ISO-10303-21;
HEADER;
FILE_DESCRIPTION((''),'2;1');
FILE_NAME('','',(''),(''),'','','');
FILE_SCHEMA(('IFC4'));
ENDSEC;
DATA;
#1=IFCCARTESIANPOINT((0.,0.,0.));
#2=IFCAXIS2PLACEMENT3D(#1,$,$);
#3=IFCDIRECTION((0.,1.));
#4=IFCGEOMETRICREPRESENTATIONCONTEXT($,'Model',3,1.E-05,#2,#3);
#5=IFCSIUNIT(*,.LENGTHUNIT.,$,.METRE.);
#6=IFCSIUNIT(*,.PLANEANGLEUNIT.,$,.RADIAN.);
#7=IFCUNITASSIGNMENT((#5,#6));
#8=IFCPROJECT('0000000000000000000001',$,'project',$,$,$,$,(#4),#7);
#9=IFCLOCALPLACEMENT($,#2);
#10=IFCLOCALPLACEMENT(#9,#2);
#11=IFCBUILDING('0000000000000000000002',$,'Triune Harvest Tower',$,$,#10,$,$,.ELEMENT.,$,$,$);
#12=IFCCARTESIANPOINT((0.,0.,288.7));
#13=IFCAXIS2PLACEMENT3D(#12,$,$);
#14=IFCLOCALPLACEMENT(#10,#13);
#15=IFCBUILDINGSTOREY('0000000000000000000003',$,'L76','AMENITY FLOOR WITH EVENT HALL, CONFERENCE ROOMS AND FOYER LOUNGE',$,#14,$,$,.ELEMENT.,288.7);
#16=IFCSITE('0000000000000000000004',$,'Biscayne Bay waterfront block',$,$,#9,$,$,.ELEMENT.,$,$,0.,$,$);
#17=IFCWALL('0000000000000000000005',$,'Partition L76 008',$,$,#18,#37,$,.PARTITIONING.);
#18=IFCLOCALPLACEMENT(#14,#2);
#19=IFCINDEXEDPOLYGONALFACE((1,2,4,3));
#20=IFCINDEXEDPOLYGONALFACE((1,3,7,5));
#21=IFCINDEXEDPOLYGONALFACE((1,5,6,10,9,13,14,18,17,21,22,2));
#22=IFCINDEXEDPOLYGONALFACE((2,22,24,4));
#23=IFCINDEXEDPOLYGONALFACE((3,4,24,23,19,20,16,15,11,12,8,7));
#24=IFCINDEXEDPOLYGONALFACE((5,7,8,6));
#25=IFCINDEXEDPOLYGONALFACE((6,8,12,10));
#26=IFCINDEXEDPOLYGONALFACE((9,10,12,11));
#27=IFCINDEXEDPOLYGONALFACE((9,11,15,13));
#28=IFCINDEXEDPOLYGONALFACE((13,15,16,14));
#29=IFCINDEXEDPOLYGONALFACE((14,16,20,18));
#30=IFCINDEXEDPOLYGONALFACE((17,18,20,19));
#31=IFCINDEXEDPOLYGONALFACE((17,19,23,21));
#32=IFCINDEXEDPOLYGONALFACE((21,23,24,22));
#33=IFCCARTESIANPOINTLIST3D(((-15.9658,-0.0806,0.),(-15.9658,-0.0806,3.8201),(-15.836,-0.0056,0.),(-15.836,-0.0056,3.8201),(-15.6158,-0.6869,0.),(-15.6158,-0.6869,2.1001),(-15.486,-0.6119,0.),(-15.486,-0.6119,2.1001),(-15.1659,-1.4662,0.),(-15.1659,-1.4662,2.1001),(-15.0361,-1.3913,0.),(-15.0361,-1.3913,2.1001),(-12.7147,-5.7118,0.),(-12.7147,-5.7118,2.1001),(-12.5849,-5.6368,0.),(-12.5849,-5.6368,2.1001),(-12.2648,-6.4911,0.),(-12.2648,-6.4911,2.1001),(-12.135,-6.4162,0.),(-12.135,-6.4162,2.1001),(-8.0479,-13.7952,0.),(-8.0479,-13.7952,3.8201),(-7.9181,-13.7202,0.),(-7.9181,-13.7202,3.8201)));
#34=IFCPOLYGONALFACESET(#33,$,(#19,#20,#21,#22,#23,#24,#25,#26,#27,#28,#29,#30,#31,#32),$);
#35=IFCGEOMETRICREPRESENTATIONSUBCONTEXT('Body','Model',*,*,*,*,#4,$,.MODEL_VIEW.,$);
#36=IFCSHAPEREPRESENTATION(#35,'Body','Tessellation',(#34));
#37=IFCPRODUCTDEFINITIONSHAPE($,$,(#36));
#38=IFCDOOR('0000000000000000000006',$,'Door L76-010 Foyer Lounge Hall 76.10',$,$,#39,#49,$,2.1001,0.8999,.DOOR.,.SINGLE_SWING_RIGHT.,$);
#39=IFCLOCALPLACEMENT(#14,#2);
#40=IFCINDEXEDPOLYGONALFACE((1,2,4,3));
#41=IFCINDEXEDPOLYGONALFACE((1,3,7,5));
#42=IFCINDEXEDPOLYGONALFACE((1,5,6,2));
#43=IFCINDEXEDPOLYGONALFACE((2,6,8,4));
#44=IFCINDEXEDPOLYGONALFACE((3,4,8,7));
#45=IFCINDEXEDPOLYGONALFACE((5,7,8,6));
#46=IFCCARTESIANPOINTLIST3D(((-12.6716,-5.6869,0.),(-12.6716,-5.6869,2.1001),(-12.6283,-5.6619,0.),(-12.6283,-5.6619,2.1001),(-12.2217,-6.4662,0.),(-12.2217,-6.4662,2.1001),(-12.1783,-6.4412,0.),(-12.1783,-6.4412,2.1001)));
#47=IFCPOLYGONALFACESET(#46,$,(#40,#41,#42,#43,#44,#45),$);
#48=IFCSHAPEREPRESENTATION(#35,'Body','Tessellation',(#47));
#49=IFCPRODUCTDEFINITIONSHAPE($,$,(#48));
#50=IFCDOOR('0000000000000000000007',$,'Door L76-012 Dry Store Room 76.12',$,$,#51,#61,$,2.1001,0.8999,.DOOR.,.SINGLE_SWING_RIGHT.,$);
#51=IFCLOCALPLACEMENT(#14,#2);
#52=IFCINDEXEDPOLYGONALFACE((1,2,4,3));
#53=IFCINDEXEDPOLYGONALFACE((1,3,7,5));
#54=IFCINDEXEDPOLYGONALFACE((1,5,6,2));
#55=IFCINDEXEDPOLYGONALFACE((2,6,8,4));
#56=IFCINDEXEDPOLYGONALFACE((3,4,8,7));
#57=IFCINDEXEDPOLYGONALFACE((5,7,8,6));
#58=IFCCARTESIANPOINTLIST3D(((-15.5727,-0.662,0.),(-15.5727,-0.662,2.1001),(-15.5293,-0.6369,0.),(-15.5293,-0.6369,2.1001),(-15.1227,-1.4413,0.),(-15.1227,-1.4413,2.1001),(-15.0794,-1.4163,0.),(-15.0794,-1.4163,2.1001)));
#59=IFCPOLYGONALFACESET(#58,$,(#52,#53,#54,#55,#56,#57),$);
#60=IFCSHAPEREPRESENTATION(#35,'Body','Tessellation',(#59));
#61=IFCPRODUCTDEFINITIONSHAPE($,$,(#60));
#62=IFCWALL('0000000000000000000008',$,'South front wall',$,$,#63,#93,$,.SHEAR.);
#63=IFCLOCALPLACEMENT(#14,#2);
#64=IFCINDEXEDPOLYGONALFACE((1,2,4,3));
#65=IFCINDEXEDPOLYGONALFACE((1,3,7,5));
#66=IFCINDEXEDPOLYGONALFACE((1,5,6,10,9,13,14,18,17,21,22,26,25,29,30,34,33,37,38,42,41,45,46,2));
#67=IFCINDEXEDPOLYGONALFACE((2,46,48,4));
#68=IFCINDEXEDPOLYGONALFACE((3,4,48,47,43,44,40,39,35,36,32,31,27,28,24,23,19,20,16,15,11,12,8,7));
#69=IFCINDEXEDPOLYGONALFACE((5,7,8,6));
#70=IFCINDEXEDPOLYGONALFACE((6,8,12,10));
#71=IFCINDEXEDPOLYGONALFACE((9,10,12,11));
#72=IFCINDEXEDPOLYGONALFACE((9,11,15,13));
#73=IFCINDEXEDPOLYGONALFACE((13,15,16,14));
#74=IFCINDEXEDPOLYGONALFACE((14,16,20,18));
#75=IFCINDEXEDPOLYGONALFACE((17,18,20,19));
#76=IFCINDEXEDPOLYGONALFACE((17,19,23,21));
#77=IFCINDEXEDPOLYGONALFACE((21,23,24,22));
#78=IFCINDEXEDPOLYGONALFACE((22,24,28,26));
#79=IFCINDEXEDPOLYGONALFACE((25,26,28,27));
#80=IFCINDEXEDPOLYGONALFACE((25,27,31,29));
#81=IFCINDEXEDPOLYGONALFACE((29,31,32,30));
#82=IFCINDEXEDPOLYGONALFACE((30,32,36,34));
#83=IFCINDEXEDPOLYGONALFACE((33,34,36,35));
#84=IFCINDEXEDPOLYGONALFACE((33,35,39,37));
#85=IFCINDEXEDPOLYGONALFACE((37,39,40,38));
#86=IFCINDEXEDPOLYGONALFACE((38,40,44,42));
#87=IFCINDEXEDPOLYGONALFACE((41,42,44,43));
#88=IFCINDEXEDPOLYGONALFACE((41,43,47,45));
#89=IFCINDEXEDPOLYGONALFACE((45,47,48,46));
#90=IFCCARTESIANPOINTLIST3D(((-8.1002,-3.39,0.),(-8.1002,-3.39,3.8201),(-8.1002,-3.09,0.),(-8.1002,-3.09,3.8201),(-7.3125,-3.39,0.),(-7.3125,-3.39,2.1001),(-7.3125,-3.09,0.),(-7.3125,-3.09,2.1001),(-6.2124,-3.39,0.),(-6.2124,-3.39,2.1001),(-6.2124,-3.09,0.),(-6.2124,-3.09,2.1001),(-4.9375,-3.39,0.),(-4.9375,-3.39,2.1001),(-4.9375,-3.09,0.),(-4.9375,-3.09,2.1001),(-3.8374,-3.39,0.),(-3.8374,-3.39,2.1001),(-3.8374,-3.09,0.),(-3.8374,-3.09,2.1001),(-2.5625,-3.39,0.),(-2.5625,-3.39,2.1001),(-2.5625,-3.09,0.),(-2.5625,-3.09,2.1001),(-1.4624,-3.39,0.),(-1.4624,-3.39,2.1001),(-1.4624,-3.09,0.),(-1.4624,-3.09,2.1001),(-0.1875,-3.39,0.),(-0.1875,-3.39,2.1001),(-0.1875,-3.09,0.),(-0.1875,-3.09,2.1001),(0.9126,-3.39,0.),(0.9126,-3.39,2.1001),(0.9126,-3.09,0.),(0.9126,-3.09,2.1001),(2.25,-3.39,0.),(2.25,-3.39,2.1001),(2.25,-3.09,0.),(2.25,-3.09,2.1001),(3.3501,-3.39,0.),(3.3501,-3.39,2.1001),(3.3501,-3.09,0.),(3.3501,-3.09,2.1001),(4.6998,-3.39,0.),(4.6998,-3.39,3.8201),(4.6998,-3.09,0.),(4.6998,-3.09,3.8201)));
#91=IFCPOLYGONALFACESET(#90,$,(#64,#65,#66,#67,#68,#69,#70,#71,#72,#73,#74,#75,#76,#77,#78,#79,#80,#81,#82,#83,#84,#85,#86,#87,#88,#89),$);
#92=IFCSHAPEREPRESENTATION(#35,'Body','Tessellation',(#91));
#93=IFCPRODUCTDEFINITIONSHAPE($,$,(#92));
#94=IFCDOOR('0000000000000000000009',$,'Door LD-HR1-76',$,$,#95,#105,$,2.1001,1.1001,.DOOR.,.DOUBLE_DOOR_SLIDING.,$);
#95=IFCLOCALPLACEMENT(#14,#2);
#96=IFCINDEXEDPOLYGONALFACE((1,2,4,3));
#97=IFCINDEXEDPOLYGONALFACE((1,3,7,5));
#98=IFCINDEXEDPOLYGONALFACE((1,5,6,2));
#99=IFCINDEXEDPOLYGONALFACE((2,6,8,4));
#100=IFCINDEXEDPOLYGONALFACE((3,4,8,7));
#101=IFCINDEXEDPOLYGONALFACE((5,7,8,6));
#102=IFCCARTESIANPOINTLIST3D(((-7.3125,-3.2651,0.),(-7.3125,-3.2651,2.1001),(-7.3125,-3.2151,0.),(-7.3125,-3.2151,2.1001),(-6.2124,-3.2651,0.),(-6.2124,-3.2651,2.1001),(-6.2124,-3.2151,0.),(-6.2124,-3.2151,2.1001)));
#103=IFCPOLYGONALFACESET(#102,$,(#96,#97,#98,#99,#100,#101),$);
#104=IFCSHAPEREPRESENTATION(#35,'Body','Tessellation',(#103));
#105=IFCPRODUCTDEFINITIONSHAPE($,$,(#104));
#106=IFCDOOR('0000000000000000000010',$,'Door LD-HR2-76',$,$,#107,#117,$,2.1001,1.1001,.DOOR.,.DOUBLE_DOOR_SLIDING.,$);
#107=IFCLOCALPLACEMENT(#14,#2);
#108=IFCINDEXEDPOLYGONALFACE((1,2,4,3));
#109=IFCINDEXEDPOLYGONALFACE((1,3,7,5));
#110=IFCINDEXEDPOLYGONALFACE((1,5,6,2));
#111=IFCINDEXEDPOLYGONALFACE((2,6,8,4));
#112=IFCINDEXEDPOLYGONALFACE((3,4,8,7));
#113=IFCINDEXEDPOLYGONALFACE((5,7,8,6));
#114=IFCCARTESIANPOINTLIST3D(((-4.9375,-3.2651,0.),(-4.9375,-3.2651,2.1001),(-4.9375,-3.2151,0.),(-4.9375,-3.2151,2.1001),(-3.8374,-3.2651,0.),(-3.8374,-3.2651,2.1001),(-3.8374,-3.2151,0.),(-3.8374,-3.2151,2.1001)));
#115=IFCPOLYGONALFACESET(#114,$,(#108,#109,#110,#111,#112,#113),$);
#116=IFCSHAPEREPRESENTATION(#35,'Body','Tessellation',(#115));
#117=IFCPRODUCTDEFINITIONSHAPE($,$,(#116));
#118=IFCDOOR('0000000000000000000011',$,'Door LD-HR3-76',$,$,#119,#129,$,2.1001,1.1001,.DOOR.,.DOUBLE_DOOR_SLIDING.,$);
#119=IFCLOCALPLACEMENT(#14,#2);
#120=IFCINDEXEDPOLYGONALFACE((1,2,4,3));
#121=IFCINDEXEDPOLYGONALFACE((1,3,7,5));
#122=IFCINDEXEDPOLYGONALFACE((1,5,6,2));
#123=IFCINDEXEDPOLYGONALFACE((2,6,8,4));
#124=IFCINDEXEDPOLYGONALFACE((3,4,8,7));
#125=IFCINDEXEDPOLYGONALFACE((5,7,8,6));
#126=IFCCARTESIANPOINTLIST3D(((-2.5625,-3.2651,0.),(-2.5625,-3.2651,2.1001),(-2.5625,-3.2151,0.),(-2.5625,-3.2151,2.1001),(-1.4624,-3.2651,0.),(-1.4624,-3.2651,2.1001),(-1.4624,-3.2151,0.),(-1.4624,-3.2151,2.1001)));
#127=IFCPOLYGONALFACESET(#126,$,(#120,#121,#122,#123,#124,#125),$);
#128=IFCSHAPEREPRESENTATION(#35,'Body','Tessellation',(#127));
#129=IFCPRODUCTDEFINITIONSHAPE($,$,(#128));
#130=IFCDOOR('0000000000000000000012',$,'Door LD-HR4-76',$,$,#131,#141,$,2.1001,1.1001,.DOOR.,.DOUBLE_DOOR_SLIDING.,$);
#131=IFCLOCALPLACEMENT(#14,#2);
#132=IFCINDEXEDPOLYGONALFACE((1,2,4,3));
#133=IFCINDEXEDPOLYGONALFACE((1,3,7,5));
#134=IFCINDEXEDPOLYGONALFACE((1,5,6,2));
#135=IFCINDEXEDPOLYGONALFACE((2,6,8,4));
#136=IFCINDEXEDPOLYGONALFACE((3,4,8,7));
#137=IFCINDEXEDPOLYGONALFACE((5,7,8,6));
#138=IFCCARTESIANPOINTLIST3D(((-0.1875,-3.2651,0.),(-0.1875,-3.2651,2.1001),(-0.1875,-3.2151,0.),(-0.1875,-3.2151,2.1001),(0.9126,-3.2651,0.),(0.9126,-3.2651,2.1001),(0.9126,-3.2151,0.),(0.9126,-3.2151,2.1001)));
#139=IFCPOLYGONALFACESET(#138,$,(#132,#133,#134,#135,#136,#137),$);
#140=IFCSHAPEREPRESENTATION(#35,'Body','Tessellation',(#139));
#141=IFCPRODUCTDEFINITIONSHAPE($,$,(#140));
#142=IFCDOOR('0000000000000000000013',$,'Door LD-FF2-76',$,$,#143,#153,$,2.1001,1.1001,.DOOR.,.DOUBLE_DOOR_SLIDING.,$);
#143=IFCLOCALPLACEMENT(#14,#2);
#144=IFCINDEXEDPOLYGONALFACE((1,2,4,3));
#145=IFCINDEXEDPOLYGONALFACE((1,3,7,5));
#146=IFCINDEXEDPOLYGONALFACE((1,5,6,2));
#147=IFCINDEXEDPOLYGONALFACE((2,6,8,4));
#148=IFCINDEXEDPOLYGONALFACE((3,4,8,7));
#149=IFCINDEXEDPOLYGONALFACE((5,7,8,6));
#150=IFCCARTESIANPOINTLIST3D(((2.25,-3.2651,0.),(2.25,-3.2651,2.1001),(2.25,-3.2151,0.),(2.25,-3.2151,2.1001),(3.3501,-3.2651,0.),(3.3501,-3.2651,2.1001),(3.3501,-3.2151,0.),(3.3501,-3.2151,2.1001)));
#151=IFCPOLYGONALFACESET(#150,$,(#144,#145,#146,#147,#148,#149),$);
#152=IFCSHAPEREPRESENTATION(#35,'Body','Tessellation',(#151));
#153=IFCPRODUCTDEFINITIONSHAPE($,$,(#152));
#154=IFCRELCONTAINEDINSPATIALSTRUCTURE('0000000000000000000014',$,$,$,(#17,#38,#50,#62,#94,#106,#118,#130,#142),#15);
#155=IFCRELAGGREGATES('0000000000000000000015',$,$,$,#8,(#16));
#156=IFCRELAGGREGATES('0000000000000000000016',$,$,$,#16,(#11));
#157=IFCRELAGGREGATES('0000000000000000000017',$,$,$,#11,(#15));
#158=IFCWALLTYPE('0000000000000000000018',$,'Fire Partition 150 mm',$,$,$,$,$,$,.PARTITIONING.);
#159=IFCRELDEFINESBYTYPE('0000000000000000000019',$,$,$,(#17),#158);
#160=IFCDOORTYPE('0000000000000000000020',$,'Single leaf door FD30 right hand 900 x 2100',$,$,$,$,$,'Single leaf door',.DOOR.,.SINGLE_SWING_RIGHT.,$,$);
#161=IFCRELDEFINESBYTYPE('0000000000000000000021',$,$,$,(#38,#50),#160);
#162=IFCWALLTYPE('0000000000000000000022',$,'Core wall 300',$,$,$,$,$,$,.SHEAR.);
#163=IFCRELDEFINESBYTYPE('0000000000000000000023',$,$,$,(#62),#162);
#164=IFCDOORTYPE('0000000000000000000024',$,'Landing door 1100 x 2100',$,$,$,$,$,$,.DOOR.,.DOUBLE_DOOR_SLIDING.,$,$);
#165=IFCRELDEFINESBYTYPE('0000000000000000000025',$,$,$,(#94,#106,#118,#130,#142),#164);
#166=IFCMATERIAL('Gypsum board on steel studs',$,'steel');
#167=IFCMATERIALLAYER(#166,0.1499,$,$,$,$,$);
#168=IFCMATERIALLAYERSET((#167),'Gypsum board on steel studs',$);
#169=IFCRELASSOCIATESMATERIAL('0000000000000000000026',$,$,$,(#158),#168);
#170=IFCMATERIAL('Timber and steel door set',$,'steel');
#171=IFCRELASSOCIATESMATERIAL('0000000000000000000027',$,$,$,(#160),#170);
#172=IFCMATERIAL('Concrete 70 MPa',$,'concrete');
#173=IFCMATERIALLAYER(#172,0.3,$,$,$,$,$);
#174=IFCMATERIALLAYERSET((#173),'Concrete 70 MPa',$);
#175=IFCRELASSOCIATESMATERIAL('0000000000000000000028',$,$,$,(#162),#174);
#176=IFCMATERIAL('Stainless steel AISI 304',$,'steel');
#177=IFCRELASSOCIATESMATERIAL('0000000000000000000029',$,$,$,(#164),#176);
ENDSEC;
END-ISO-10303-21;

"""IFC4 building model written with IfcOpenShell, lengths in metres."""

from ifc_helpers import new_model, si_unit, direction, frame, frame_2d, origin, place, context, subcontext, project, spatial, rectangle, extrude, source, transform, mapped, material, layer, layer_set, type_object, element, fill, save


model = new_model("IFC4")

# Units and contexts
model_context = context("Model", 3, precision=1e-05, world=origin(), true_north=direction((0.0, 1.0)))
body_context = subcontext(model_context, "Body", "Model", "MODEL_VIEW")
ifc_project = project(units=[si_unit("LENGTHUNIT", "METRE"), si_unit("PLANEANGLEUNIT", "RADIAN")], contexts=[model_context])

# Site, building, storey
site_placement = place(None, origin())
site = spatial("IfcSite", under=ifc_project, at=site_placement, Name="Biscayne Bay waterfront block", CompositionType="ELEMENT", RefElevation=0.0)
building_placement = place(site_placement, origin())
building = spatial("IfcBuilding", under=site, at=building_placement, Name="Triune Harvest Tower", CompositionType="ELEMENT")
storey_placement = place(building_placement, frame((0.0, 0.0, 288.7)))
storey = spatial("IfcBuildingStorey", under=building, at=storey_placement, Name="L76", Description="AMENITY FLOOR WITH EVENT HALL, CONFERENCE ROOMS AND FOYER LOUNGE", CompositionType="ELEMENT", Elevation=288.7)

# Walls, openings, doors
ifc_material_1 = material(Name="Gypsum board on steel studs", Category="steel")
ifc_layer_1 = layer(ifc_material_1, 0.1499)
ifc_layer_set_1 = layer_set([ifc_layer_1], Name="Gypsum board on steel studs")
wall_type_1 = type_object("IfcWallType", Name="Fire Partition 150 mm", PredefinedType="PARTITIONING", material=ifc_layer_set_1)
wall_1_placement = place(storey_placement, frame((-15.9009, -0.0432, 0.0), z_axis=(0.0, 0.0, 1.0), x_axis=(0.499992, -0.86603, 0.0)))
wall_1 = element("IfcWall", 1, at=wall_1_placement, inside=storey, type_object=wall_type_1, Name="Partition L76 008", PredefinedType="PARTITIONING", context=body_context, shape_type="SweptSolid", body=[
    extrude(rectangle(XDim=15.8362, YDim=0.1499, at=frame_2d((7.918, 0.0))), origin(), (0.0, 0.0, 1.0), 3.8201),
])
opening_1_placement = place(wall_1_placement, frame((6.5022, 0.0, 0.0)))
opening_1 = element("IfcOpeningElement", 2, at=opening_1_placement, cuts=wall_1, PredefinedType="OPENING", context=body_context, shape_type="SweptSolid", body=[
    extrude(rectangle(XDim=0.8999, YDim=2.1001, at=frame_2d((0.45, 1.05))), frame((0.0, 0.085, 0.0), z_axis=(0.0, -1.0, 0.0), x_axis=(1.0, 0.0, 0.0)), (0.0, 0.0, 1.0), 0.1699),
])
opening_2_placement = place(wall_1_placement, frame((0.7, 0.0, 0.0)))
opening_2 = element("IfcOpeningElement", 3, at=opening_2_placement, cuts=wall_1, PredefinedType="OPENING", context=body_context, shape_type="SweptSolid", body=[
    extrude(rectangle(XDim=0.8999, YDim=2.1001, at=frame_2d((0.45, 1.05))), frame((0.0, 0.085, 0.0), z_axis=(0.0, -1.0, 0.0), x_axis=(1.0, 0.0, 0.0)), (0.0, 0.0, 1.0), 0.1699),
])
ifc_material_2 = material(Name="Timber and steel door set", Category="steel")
door_type_1 = type_object("IfcDoorType", Name="Single leaf door FD30 right hand 900 x 2100", ElementType="Single leaf door", OperationType="SINGLE_SWING_RIGHT", PredefinedType="DOOR", material=ifc_material_2)
door_1_placement = place(opening_1_placement, origin())
door_1 = element("IfcDoor", 4, at=door_1_placement, inside=storey, type_object=door_type_1, Name="Door L76-010 Foyer Lounge Hall 76.10", OperationType="SINGLE_SWING_RIGHT", OverallHeight=2.1001, OverallWidth=0.8999, PredefinedType="DOOR", context=body_context, shape_type="SweptSolid", body=[
    extrude(rectangle(XDim=0.8999, YDim=2.1001, at=frame_2d((0.45, 1.05))), frame((0.0, 0.0249, 0.0), z_axis=(0.0, -1.0, 0.0), x_axis=(1.0, 0.0, 0.0)), (0.0, 0.0, 1.0), 0.05),
])
fill(opening_1, door_1)
door_2_placement = place(opening_2_placement, origin())
door_2 = element("IfcDoor", 5, at=door_2_placement, inside=storey, type_object=door_type_1, Name="Door L76-012 Dry Store Room 76.12", OperationType="SINGLE_SWING_RIGHT", OverallHeight=2.1001, OverallWidth=0.8999, PredefinedType="DOOR", context=body_context, shape_type="SweptSolid", body=[
    extrude(rectangle(XDim=0.8999, YDim=2.1001, at=frame_2d((0.45, 1.05))), frame((0.0, 0.0249, 0.0), z_axis=(0.0, -1.0, 0.0), x_axis=(1.0, 0.0, 0.0)), (0.0, 0.0, 1.0), 0.05),
])
fill(opening_2, door_2)
ifc_material_3 = material(Name="Concrete 70 MPa", Category="concrete")
ifc_layer_2 = layer(ifc_material_3, 0.3)
ifc_layer_set_2 = layer_set([ifc_layer_2], Name="Concrete 70 MPa")
wall_type_2 = type_object("IfcWallType", Name="Core wall 300", PredefinedType="SHEAR", material=ifc_layer_set_2)
shared_shape_1 = source(origin(), body_context, "Body", "SweptSolid", [
    extrude(rectangle(XDim=12.8, YDim=0.3, at=frame_2d((6.3999, 0.0))), origin(), (0.0, 0.0, 1.0), 3.8201),
])
wall_2_placement = place(storey_placement, frame((-8.1001, -3.24, 0.0), z_axis=(0.0, 0.0, 1.0), x_axis=(1.0, 0.0, 0.0)))
wall_2 = element("IfcWall", 6, at=wall_2_placement, inside=storey, type_object=wall_type_2, Name="South front wall", PredefinedType="SHEAR", context=body_context, shape_type="MappedRepresentation", body=[
    mapped(shared_shape_1, transform((0.0, 0.0, 0.0), scale=1.0)),
])
opening_3_placement = place(wall_2_placement, frame((0.7876, 0.0, 0.0)))
opening_3 = element("IfcOpeningElement", 7, at=opening_3_placement, cuts=wall_2, PredefinedType="OPENING", context=body_context, shape_type="SweptSolid", body=[
    extrude(rectangle(XDim=1.1001, YDim=2.1001, at=frame_2d((0.55, 1.05))), frame((0.0, 0.1602, 0.0), z_axis=(0.0, -1.0, 0.0), x_axis=(1.0, 0.0, 0.0)), (0.0, 0.0, 1.0), 0.3201),
])
opening_4_placement = place(wall_2_placement, frame((3.1626, 0.0, 0.0)))
opening_4 = element("IfcOpeningElement", 8, at=opening_4_placement, cuts=wall_2, PredefinedType="OPENING", context=body_context, shape_type="SweptSolid", body=[
    extrude(rectangle(XDim=1.1001, YDim=2.1001, at=frame_2d((0.55, 1.05))), frame((0.0, 0.1602, 0.0), z_axis=(0.0, -1.0, 0.0), x_axis=(1.0, 0.0, 0.0)), (0.0, 0.0, 1.0), 0.3201),
])
opening_5_placement = place(wall_2_placement, frame((5.5376, 0.0, 0.0)))
opening_5 = element("IfcOpeningElement", 9, at=opening_5_placement, cuts=wall_2, PredefinedType="OPENING", context=body_context, shape_type="SweptSolid", body=[
    extrude(rectangle(XDim=1.1001, YDim=2.1001, at=frame_2d((0.55, 1.05))), frame((0.0, 0.1602, 0.0), z_axis=(0.0, -1.0, 0.0), x_axis=(1.0, 0.0, 0.0)), (0.0, 0.0, 1.0), 0.3201),
])
opening_6_placement = place(wall_2_placement, frame((7.9126, 0.0, 0.0)))
opening_6 = element("IfcOpeningElement", 10, at=opening_6_placement, cuts=wall_2, PredefinedType="OPENING", context=body_context, shape_type="SweptSolid", body=[
    extrude(rectangle(XDim=1.1001, YDim=2.1001, at=frame_2d((0.55, 1.05))), frame((0.0, 0.1602, 0.0), z_axis=(0.0, -1.0, 0.0), x_axis=(1.0, 0.0, 0.0)), (0.0, 0.0, 1.0), 0.3201),
])
opening_7_placement = place(wall_2_placement, frame((10.3501, 0.0, 0.0)))
opening_7 = element("IfcOpeningElement", 11, at=opening_7_placement, cuts=wall_2, PredefinedType="OPENING", context=body_context, shape_type="SweptSolid", body=[
    extrude(rectangle(XDim=1.1001, YDim=2.1001, at=frame_2d((0.55, 1.05))), frame((0.0, 0.1602, 0.0), z_axis=(0.0, -1.0, 0.0), x_axis=(1.0, 0.0, 0.0)), (0.0, 0.0, 1.0), 0.3201),
])
ifc_material_4 = material(Name="Stainless steel AISI 304", Category="steel")
door_type_2 = type_object("IfcDoorType", Name="Landing door 1100 x 2100", OperationType="DOUBLE_DOOR_SLIDING", PredefinedType="DOOR", material=ifc_material_4)
door_3_placement = place(opening_3_placement, origin())
door_3 = element("IfcDoor", 12, at=door_3_placement, inside=storey, type_object=door_type_2, Name="Door LD-HR1-76", OperationType="DOUBLE_DOOR_SLIDING", OverallHeight=2.1001, OverallWidth=1.1001, PredefinedType="DOOR", context=body_context, shape_type="SweptSolid", body=[
    extrude(rectangle(XDim=1.1001, YDim=2.1001, at=frame_2d((0.55, 1.05))), frame((0.0, 0.0249, 0.0), z_axis=(0.0, -1.0, 0.0), x_axis=(1.0, 0.0, 0.0)), (0.0, 0.0, 1.0), 0.05),
])
fill(opening_3, door_3)
door_4_placement = place(opening_4_placement, origin())
door_4 = element("IfcDoor", 13, at=door_4_placement, inside=storey, type_object=door_type_2, Name="Door LD-HR2-76", OperationType="DOUBLE_DOOR_SLIDING", OverallHeight=2.1001, OverallWidth=1.1001, PredefinedType="DOOR", context=body_context, shape_type="SweptSolid", body=[
    extrude(rectangle(XDim=1.1001, YDim=2.1001, at=frame_2d((0.55, 1.05))), frame((0.0, 0.0249, 0.0), z_axis=(0.0, -1.0, 0.0), x_axis=(1.0, 0.0, 0.0)), (0.0, 0.0, 1.0), 0.05),
])
fill(opening_4, door_4)
door_5_placement = place(opening_5_placement, origin())
door_5 = element("IfcDoor", 14, at=door_5_placement, inside=storey, type_object=door_type_2, Name="Door LD-HR3-76", OperationType="DOUBLE_DOOR_SLIDING", OverallHeight=2.1001, OverallWidth=1.1001, PredefinedType="DOOR", context=body_context, shape_type="SweptSolid", body=[
    extrude(rectangle(XDim=1.1001, YDim=2.1001, at=frame_2d((0.55, 1.05))), frame((0.0, 0.0249, 0.0), z_axis=(0.0, -1.0, 0.0), x_axis=(1.0, 0.0, 0.0)), (0.0, 0.0, 1.0), 0.05),
])
fill(opening_5, door_5)
door_6_placement = place(opening_6_placement, origin())
door_6 = element("IfcDoor", 15, at=door_6_placement, inside=storey, type_object=door_type_2, Name="Door LD-HR4-76", OperationType="DOUBLE_DOOR_SLIDING", OverallHeight=2.1001, OverallWidth=1.1001, PredefinedType="DOOR", context=body_context, shape_type="SweptSolid", body=[
    extrude(rectangle(XDim=1.1001, YDim=2.1001, at=frame_2d((0.55, 1.05))), frame((0.0, 0.0249, 0.0), z_axis=(0.0, -1.0, 0.0), x_axis=(1.0, 0.0, 0.0)), (0.0, 0.0, 1.0), 0.05),
])
fill(opening_6, door_6)
door_7_placement = place(opening_7_placement, origin())
door_7 = element("IfcDoor", 16, at=door_7_placement, inside=storey, type_object=door_type_2, Name="Door LD-FF2-76", OperationType="DOUBLE_DOOR_SLIDING", OverallHeight=2.1001, OverallWidth=1.1001, PredefinedType="DOOR", context=body_context, shape_type="SweptSolid", body=[
    extrude(rectangle(XDim=1.1001, YDim=2.1001, at=frame_2d((0.55, 1.05))), frame((0.0, 0.0249, 0.0), z_axis=(0.0, -1.0, 0.0), x_axis=(1.0, 0.0, 0.0)), (0.0, 0.0, 1.0), 0.05),
])
fill(opening_7, door_7)

save(model, "model.ifc")
